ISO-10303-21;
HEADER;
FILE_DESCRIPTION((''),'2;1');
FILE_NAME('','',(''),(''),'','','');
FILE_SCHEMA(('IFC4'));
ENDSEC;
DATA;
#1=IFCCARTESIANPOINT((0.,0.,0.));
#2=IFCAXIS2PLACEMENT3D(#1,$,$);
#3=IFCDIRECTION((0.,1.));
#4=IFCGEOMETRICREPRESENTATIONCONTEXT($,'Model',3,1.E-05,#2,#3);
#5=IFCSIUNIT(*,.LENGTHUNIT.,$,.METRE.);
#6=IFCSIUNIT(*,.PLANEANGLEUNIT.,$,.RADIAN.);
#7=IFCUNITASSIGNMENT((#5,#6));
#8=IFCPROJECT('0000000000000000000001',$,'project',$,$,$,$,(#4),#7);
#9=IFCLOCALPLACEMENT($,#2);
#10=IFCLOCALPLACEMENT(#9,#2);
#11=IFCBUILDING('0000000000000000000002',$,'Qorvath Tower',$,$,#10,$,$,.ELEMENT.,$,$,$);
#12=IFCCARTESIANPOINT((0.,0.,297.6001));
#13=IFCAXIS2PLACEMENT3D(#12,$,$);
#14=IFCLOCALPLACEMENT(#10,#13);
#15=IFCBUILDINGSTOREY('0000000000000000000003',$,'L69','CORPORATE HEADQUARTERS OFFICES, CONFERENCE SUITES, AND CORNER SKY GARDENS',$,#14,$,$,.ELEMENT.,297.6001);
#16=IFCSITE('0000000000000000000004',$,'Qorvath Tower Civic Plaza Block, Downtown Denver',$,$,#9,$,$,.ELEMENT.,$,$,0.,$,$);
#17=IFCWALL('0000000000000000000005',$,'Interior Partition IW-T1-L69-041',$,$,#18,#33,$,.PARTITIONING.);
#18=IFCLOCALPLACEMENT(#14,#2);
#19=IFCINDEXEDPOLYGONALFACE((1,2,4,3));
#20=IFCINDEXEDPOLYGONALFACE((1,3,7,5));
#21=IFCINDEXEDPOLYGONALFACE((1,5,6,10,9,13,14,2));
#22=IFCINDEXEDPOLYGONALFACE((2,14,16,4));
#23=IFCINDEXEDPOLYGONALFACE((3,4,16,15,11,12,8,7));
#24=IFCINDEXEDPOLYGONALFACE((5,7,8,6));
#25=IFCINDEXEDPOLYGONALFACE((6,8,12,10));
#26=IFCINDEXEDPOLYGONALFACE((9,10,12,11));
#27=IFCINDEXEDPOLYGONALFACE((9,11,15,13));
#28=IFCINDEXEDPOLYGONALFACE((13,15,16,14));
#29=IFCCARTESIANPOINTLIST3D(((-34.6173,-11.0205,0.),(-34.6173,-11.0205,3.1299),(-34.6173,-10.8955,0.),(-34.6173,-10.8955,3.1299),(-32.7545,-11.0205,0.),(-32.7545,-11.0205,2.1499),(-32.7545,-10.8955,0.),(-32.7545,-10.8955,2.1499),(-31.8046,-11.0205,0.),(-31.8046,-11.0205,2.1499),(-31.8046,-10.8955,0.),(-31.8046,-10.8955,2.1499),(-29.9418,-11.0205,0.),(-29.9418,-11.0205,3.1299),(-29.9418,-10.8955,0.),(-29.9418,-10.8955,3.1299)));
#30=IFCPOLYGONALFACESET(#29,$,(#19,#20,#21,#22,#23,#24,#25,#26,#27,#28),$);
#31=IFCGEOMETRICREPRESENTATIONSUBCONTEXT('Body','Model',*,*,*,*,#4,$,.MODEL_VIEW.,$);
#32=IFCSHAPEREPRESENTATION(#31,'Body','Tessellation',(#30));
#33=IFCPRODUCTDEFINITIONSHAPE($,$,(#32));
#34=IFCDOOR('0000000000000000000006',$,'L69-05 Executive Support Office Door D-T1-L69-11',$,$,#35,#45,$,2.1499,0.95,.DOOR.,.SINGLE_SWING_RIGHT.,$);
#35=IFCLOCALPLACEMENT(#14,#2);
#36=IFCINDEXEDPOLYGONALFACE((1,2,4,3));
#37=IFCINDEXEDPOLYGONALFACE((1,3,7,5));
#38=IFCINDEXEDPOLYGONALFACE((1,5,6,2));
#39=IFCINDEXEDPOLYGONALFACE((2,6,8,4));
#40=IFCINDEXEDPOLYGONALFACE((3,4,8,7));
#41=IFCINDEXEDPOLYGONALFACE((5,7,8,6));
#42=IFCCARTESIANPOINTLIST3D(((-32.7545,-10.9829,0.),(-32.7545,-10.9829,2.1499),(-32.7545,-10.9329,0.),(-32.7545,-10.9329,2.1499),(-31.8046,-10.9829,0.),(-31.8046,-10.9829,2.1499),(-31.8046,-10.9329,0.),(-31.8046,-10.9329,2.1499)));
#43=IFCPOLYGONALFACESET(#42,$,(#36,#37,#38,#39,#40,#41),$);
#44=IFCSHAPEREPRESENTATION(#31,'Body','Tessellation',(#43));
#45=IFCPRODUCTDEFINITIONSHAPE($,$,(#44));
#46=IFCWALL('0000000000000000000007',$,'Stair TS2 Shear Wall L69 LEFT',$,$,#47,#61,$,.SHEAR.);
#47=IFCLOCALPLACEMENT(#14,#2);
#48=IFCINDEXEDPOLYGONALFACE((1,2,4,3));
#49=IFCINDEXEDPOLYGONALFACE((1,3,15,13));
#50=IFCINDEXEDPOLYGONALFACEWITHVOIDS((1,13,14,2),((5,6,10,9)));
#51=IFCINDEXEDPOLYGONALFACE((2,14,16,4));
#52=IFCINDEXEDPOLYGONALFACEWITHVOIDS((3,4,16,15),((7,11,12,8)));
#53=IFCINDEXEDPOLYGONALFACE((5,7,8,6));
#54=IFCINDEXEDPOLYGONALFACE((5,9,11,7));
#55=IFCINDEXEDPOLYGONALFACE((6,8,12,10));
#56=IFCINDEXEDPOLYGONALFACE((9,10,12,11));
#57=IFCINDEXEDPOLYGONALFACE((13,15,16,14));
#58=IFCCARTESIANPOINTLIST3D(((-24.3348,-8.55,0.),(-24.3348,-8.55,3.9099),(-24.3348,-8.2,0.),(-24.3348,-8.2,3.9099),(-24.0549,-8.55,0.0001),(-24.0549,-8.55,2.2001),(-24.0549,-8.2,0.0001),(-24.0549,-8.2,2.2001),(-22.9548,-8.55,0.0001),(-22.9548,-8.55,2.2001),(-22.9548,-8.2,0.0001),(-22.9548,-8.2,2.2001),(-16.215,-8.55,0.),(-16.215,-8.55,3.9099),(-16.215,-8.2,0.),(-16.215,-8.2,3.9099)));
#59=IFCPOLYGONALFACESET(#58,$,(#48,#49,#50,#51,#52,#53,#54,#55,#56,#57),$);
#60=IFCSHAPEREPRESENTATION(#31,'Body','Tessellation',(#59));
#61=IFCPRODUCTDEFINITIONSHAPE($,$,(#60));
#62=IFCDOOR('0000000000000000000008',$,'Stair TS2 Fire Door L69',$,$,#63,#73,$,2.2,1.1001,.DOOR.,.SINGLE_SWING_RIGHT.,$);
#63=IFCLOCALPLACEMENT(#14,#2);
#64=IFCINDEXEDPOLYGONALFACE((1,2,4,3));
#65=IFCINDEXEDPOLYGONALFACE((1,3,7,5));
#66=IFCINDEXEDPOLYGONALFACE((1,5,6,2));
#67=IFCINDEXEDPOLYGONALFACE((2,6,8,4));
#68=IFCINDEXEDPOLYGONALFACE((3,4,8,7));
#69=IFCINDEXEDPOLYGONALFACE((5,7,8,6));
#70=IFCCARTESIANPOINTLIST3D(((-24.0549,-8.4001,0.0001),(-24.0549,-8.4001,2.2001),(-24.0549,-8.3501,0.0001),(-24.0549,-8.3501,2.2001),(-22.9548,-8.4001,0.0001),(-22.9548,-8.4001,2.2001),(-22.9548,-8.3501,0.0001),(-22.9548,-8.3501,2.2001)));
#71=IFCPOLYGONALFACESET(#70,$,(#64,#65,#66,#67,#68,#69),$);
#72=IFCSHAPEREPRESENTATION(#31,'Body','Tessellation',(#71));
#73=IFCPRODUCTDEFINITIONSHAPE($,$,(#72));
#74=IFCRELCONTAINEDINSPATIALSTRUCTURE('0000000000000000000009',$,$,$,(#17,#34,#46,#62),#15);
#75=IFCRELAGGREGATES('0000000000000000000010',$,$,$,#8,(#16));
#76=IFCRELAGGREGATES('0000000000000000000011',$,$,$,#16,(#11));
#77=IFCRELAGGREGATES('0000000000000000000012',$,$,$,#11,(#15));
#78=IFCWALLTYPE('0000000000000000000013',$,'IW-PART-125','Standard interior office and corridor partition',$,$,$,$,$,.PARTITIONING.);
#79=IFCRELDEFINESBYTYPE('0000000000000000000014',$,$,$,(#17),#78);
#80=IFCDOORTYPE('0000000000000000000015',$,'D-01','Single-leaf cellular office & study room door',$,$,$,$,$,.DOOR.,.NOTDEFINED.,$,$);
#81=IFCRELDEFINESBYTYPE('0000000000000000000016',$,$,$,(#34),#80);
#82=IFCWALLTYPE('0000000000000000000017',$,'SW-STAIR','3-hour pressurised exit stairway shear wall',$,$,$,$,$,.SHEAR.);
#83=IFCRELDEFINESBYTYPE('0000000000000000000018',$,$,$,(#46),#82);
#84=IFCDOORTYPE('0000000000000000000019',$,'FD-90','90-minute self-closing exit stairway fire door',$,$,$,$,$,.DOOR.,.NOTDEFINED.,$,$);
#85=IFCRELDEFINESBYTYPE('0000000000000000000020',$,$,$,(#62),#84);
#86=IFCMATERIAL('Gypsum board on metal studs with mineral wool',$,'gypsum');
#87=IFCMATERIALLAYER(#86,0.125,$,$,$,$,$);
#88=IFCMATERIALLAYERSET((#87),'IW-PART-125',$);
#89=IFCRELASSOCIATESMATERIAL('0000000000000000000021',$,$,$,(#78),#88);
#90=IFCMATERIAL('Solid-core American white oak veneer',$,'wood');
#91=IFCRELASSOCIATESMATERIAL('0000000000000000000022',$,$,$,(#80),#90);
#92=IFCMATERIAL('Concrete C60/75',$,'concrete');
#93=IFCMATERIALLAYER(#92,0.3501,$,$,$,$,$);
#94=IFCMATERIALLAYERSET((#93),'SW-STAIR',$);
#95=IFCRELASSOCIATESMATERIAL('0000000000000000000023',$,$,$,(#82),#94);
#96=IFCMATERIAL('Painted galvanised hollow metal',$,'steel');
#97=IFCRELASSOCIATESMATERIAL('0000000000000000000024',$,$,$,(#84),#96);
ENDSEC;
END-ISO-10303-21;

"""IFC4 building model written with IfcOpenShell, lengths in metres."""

from ifc_helpers import new_model, si_unit, direction, frame, frame_2d, origin, place, context, subcontext, project, spatial, rectangle, extrude, material, layer, layer_set, type_object, element, fill, save


model = new_model("IFC4")

# Units and contexts
model_context = context("Model", 3, precision=1e-05, world=origin(), true_north=direction((0.0, 1.0)))
body_context = subcontext(model_context, "Body", "Model", "MODEL_VIEW")
ifc_project = project(units=[si_unit("LENGTHUNIT", "METRE"), si_unit("PLANEANGLEUNIT", "RADIAN")], contexts=[model_context])

# Site, building, storey
site_placement = place(None, origin())
site = spatial("IfcSite", under=ifc_project, at=site_placement, Name="Qorvath Tower Civic Plaza Block, Downtown Denver", CompositionType="ELEMENT", RefElevation=0.0)
building_placement = place(site_placement, origin())
building = spatial("IfcBuilding", under=site, at=building_placement, Name="Qorvath Tower", CompositionType="ELEMENT")
storey_placement = place(building_placement, frame((0.0, 0.0, 297.6001)))
storey = spatial("IfcBuildingStorey", under=building, at=storey_placement, Name="L69", Description="CORPORATE HEADQUARTERS OFFICES, CONFERENCE SUITES, AND CORNER SKY GARDENS", CompositionType="ELEMENT", Elevation=297.6001)

# Shared definitions
ifc_material_1 = material(Name="Gypsum board on metal studs with mineral wool", Category="gypsum")
ifc_layer_1 = layer(ifc_material_1, 0.125)
ifc_layer_set_1 = layer_set([ifc_layer_1], Name="IW-PART-125")
wall_type_1 = type_object("IfcWallType", Name="IW-PART-125", Description="Standard interior office and corridor partition", PredefinedType="PARTITIONING", material=ifc_layer_set_1)

# Walls, openings, doors
wall_1_placement = place(storey_placement, frame((-29.9417, -10.958, 0.0), z_axis=(0.0, 0.0, 1.0), x_axis=(-1.0, 0.0, 0.0)))
wall_1 = element("IfcWall", 1, at=wall_1_placement, inside=storey, type_object=wall_type_1, Name="Interior Partition IW-T1-L69-041", PredefinedType="PARTITIONING", context=body_context, shape_type="SweptSolid", body=[
    extrude(rectangle(XDim=4.6755, YDim=0.125, at=frame_2d((2.3379, 0.0))), origin(), (0.0, 0.0, 1.0), 3.1299),
])
opening_1_placement = place(wall_1_placement, frame((1.8628, 0.0, 0.0)))
opening_1 = element("IfcOpeningElement", 2, at=opening_1_placement, cuts=wall_1, PredefinedType="OPENING", context=body_context, shape_type="SweptSolid", body=[
    extrude(rectangle(XDim=0.95, YDim=2.1499, at=frame_2d((0.4751, 1.075))), frame((0.0, 0.0725, 0.0), z_axis=(0.0, -1.0, 0.0), x_axis=(1.0, 0.0, 0.0)), (0.0, 0.0, 1.0), 0.145),
])
ifc_material_2 = material(Name="Solid-core American white oak veneer", Category="wood")
door_type_1 = type_object("IfcDoorType", Name="D-01", Description="Single-leaf cellular office & study room door", OperationType="NOTDEFINED", PredefinedType="DOOR", material=ifc_material_2)
door_1_placement = place(opening_1_placement, origin())
door_1 = element("IfcDoor", 3, at=door_1_placement, inside=storey, type_object=door_type_1, Name="L69-05 Executive Support Office Door D-T1-L69-11", OperationType="SINGLE_SWING_RIGHT", OverallHeight=2.1499, OverallWidth=0.95, PredefinedType="DOOR", context=body_context, shape_type="SweptSolid", body=[
    extrude(rectangle(XDim=0.95, YDim=2.1499, at=frame_2d((0.4751, 1.075))), frame((0.0, 0.0249, 0.0), z_axis=(0.0, -1.0, 0.0), x_axis=(1.0, 0.0, 0.0)), (0.0, 0.0, 1.0), 0.05),
])
fill(opening_1, door_1)
ifc_material_3 = material(Name="Concrete C60/75", Category="concrete")
ifc_layer_2 = layer(ifc_material_3, 0.3501)
ifc_layer_set_2 = layer_set([ifc_layer_2], Name="SW-STAIR")
wall_type_2 = type_object("IfcWallType", Name="SW-STAIR", Description="3-hour pressurised exit stairway shear wall", PredefinedType="SHEAR", material=ifc_layer_set_2)
wall_2_placement = place(storey_placement, frame((-24.335, -8.375, 0.0), z_axis=(0.0, 0.0, 1.0), x_axis=(1.0, 0.0, 0.0)))
wall_2 = element("IfcWall", 4, at=wall_2_placement, inside=storey, type_object=wall_type_2, Name="Stair TS2 Shear Wall L69 LEFT", PredefinedType="SHEAR", context=body_context, shape_type="SweptSolid", body=[
    extrude(rectangle(XDim=8.1199, YDim=0.3501, at=frame_2d((4.0601, 0.0))), origin(), (0.0, 0.0, 1.0), 3.9099),
])
opening_2_placement = place(wall_2_placement, frame((0.28, 0.0, 0.0)))
opening_2 = element("IfcOpeningElement", 5, at=opening_2_placement, cuts=wall_2, PredefinedType="OPENING", context=body_context, shape_type="SweptSolid", body=[
    extrude(rectangle(XDim=1.1001, YDim=2.2, at=frame_2d((0.55, 1.1001))), frame((0.0, 0.1851, 0.0), z_axis=(0.0, -1.0, 0.0), x_axis=(1.0, 0.0, 0.0)), (0.0, 0.0, 1.0), 0.3701),
])
ifc_material_4 = material(Name="Painted galvanised hollow metal", Category="steel")
door_type_2 = type_object("IfcDoorType", Name="FD-90", Description="90-minute self-closing exit stairway fire door", OperationType="NOTDEFINED", PredefinedType="DOOR", material=ifc_material_4)
door_2_placement = place(opening_2_placement, origin())
door_2 = element("IfcDoor", 6, at=door_2_placement, inside=storey, type_object=door_type_2, Name="Stair TS2 Fire Door L69", OperationType="SINGLE_SWING_RIGHT", OverallHeight=2.2, OverallWidth=1.1001, PredefinedType="DOOR", context=body_context, shape_type="SweptSolid", body=[
    extrude(rectangle(XDim=1.1001, YDim=2.2, at=frame_2d((0.55, 1.1001))), frame((0.0, 0.0249, 0.0), z_axis=(0.0, -1.0, 0.0), x_axis=(1.0, 0.0, 0.0)), (0.0, 0.0, 1.0), 0.05),
])
fill(opening_2, door_2)

save(model, "model.ifc")
